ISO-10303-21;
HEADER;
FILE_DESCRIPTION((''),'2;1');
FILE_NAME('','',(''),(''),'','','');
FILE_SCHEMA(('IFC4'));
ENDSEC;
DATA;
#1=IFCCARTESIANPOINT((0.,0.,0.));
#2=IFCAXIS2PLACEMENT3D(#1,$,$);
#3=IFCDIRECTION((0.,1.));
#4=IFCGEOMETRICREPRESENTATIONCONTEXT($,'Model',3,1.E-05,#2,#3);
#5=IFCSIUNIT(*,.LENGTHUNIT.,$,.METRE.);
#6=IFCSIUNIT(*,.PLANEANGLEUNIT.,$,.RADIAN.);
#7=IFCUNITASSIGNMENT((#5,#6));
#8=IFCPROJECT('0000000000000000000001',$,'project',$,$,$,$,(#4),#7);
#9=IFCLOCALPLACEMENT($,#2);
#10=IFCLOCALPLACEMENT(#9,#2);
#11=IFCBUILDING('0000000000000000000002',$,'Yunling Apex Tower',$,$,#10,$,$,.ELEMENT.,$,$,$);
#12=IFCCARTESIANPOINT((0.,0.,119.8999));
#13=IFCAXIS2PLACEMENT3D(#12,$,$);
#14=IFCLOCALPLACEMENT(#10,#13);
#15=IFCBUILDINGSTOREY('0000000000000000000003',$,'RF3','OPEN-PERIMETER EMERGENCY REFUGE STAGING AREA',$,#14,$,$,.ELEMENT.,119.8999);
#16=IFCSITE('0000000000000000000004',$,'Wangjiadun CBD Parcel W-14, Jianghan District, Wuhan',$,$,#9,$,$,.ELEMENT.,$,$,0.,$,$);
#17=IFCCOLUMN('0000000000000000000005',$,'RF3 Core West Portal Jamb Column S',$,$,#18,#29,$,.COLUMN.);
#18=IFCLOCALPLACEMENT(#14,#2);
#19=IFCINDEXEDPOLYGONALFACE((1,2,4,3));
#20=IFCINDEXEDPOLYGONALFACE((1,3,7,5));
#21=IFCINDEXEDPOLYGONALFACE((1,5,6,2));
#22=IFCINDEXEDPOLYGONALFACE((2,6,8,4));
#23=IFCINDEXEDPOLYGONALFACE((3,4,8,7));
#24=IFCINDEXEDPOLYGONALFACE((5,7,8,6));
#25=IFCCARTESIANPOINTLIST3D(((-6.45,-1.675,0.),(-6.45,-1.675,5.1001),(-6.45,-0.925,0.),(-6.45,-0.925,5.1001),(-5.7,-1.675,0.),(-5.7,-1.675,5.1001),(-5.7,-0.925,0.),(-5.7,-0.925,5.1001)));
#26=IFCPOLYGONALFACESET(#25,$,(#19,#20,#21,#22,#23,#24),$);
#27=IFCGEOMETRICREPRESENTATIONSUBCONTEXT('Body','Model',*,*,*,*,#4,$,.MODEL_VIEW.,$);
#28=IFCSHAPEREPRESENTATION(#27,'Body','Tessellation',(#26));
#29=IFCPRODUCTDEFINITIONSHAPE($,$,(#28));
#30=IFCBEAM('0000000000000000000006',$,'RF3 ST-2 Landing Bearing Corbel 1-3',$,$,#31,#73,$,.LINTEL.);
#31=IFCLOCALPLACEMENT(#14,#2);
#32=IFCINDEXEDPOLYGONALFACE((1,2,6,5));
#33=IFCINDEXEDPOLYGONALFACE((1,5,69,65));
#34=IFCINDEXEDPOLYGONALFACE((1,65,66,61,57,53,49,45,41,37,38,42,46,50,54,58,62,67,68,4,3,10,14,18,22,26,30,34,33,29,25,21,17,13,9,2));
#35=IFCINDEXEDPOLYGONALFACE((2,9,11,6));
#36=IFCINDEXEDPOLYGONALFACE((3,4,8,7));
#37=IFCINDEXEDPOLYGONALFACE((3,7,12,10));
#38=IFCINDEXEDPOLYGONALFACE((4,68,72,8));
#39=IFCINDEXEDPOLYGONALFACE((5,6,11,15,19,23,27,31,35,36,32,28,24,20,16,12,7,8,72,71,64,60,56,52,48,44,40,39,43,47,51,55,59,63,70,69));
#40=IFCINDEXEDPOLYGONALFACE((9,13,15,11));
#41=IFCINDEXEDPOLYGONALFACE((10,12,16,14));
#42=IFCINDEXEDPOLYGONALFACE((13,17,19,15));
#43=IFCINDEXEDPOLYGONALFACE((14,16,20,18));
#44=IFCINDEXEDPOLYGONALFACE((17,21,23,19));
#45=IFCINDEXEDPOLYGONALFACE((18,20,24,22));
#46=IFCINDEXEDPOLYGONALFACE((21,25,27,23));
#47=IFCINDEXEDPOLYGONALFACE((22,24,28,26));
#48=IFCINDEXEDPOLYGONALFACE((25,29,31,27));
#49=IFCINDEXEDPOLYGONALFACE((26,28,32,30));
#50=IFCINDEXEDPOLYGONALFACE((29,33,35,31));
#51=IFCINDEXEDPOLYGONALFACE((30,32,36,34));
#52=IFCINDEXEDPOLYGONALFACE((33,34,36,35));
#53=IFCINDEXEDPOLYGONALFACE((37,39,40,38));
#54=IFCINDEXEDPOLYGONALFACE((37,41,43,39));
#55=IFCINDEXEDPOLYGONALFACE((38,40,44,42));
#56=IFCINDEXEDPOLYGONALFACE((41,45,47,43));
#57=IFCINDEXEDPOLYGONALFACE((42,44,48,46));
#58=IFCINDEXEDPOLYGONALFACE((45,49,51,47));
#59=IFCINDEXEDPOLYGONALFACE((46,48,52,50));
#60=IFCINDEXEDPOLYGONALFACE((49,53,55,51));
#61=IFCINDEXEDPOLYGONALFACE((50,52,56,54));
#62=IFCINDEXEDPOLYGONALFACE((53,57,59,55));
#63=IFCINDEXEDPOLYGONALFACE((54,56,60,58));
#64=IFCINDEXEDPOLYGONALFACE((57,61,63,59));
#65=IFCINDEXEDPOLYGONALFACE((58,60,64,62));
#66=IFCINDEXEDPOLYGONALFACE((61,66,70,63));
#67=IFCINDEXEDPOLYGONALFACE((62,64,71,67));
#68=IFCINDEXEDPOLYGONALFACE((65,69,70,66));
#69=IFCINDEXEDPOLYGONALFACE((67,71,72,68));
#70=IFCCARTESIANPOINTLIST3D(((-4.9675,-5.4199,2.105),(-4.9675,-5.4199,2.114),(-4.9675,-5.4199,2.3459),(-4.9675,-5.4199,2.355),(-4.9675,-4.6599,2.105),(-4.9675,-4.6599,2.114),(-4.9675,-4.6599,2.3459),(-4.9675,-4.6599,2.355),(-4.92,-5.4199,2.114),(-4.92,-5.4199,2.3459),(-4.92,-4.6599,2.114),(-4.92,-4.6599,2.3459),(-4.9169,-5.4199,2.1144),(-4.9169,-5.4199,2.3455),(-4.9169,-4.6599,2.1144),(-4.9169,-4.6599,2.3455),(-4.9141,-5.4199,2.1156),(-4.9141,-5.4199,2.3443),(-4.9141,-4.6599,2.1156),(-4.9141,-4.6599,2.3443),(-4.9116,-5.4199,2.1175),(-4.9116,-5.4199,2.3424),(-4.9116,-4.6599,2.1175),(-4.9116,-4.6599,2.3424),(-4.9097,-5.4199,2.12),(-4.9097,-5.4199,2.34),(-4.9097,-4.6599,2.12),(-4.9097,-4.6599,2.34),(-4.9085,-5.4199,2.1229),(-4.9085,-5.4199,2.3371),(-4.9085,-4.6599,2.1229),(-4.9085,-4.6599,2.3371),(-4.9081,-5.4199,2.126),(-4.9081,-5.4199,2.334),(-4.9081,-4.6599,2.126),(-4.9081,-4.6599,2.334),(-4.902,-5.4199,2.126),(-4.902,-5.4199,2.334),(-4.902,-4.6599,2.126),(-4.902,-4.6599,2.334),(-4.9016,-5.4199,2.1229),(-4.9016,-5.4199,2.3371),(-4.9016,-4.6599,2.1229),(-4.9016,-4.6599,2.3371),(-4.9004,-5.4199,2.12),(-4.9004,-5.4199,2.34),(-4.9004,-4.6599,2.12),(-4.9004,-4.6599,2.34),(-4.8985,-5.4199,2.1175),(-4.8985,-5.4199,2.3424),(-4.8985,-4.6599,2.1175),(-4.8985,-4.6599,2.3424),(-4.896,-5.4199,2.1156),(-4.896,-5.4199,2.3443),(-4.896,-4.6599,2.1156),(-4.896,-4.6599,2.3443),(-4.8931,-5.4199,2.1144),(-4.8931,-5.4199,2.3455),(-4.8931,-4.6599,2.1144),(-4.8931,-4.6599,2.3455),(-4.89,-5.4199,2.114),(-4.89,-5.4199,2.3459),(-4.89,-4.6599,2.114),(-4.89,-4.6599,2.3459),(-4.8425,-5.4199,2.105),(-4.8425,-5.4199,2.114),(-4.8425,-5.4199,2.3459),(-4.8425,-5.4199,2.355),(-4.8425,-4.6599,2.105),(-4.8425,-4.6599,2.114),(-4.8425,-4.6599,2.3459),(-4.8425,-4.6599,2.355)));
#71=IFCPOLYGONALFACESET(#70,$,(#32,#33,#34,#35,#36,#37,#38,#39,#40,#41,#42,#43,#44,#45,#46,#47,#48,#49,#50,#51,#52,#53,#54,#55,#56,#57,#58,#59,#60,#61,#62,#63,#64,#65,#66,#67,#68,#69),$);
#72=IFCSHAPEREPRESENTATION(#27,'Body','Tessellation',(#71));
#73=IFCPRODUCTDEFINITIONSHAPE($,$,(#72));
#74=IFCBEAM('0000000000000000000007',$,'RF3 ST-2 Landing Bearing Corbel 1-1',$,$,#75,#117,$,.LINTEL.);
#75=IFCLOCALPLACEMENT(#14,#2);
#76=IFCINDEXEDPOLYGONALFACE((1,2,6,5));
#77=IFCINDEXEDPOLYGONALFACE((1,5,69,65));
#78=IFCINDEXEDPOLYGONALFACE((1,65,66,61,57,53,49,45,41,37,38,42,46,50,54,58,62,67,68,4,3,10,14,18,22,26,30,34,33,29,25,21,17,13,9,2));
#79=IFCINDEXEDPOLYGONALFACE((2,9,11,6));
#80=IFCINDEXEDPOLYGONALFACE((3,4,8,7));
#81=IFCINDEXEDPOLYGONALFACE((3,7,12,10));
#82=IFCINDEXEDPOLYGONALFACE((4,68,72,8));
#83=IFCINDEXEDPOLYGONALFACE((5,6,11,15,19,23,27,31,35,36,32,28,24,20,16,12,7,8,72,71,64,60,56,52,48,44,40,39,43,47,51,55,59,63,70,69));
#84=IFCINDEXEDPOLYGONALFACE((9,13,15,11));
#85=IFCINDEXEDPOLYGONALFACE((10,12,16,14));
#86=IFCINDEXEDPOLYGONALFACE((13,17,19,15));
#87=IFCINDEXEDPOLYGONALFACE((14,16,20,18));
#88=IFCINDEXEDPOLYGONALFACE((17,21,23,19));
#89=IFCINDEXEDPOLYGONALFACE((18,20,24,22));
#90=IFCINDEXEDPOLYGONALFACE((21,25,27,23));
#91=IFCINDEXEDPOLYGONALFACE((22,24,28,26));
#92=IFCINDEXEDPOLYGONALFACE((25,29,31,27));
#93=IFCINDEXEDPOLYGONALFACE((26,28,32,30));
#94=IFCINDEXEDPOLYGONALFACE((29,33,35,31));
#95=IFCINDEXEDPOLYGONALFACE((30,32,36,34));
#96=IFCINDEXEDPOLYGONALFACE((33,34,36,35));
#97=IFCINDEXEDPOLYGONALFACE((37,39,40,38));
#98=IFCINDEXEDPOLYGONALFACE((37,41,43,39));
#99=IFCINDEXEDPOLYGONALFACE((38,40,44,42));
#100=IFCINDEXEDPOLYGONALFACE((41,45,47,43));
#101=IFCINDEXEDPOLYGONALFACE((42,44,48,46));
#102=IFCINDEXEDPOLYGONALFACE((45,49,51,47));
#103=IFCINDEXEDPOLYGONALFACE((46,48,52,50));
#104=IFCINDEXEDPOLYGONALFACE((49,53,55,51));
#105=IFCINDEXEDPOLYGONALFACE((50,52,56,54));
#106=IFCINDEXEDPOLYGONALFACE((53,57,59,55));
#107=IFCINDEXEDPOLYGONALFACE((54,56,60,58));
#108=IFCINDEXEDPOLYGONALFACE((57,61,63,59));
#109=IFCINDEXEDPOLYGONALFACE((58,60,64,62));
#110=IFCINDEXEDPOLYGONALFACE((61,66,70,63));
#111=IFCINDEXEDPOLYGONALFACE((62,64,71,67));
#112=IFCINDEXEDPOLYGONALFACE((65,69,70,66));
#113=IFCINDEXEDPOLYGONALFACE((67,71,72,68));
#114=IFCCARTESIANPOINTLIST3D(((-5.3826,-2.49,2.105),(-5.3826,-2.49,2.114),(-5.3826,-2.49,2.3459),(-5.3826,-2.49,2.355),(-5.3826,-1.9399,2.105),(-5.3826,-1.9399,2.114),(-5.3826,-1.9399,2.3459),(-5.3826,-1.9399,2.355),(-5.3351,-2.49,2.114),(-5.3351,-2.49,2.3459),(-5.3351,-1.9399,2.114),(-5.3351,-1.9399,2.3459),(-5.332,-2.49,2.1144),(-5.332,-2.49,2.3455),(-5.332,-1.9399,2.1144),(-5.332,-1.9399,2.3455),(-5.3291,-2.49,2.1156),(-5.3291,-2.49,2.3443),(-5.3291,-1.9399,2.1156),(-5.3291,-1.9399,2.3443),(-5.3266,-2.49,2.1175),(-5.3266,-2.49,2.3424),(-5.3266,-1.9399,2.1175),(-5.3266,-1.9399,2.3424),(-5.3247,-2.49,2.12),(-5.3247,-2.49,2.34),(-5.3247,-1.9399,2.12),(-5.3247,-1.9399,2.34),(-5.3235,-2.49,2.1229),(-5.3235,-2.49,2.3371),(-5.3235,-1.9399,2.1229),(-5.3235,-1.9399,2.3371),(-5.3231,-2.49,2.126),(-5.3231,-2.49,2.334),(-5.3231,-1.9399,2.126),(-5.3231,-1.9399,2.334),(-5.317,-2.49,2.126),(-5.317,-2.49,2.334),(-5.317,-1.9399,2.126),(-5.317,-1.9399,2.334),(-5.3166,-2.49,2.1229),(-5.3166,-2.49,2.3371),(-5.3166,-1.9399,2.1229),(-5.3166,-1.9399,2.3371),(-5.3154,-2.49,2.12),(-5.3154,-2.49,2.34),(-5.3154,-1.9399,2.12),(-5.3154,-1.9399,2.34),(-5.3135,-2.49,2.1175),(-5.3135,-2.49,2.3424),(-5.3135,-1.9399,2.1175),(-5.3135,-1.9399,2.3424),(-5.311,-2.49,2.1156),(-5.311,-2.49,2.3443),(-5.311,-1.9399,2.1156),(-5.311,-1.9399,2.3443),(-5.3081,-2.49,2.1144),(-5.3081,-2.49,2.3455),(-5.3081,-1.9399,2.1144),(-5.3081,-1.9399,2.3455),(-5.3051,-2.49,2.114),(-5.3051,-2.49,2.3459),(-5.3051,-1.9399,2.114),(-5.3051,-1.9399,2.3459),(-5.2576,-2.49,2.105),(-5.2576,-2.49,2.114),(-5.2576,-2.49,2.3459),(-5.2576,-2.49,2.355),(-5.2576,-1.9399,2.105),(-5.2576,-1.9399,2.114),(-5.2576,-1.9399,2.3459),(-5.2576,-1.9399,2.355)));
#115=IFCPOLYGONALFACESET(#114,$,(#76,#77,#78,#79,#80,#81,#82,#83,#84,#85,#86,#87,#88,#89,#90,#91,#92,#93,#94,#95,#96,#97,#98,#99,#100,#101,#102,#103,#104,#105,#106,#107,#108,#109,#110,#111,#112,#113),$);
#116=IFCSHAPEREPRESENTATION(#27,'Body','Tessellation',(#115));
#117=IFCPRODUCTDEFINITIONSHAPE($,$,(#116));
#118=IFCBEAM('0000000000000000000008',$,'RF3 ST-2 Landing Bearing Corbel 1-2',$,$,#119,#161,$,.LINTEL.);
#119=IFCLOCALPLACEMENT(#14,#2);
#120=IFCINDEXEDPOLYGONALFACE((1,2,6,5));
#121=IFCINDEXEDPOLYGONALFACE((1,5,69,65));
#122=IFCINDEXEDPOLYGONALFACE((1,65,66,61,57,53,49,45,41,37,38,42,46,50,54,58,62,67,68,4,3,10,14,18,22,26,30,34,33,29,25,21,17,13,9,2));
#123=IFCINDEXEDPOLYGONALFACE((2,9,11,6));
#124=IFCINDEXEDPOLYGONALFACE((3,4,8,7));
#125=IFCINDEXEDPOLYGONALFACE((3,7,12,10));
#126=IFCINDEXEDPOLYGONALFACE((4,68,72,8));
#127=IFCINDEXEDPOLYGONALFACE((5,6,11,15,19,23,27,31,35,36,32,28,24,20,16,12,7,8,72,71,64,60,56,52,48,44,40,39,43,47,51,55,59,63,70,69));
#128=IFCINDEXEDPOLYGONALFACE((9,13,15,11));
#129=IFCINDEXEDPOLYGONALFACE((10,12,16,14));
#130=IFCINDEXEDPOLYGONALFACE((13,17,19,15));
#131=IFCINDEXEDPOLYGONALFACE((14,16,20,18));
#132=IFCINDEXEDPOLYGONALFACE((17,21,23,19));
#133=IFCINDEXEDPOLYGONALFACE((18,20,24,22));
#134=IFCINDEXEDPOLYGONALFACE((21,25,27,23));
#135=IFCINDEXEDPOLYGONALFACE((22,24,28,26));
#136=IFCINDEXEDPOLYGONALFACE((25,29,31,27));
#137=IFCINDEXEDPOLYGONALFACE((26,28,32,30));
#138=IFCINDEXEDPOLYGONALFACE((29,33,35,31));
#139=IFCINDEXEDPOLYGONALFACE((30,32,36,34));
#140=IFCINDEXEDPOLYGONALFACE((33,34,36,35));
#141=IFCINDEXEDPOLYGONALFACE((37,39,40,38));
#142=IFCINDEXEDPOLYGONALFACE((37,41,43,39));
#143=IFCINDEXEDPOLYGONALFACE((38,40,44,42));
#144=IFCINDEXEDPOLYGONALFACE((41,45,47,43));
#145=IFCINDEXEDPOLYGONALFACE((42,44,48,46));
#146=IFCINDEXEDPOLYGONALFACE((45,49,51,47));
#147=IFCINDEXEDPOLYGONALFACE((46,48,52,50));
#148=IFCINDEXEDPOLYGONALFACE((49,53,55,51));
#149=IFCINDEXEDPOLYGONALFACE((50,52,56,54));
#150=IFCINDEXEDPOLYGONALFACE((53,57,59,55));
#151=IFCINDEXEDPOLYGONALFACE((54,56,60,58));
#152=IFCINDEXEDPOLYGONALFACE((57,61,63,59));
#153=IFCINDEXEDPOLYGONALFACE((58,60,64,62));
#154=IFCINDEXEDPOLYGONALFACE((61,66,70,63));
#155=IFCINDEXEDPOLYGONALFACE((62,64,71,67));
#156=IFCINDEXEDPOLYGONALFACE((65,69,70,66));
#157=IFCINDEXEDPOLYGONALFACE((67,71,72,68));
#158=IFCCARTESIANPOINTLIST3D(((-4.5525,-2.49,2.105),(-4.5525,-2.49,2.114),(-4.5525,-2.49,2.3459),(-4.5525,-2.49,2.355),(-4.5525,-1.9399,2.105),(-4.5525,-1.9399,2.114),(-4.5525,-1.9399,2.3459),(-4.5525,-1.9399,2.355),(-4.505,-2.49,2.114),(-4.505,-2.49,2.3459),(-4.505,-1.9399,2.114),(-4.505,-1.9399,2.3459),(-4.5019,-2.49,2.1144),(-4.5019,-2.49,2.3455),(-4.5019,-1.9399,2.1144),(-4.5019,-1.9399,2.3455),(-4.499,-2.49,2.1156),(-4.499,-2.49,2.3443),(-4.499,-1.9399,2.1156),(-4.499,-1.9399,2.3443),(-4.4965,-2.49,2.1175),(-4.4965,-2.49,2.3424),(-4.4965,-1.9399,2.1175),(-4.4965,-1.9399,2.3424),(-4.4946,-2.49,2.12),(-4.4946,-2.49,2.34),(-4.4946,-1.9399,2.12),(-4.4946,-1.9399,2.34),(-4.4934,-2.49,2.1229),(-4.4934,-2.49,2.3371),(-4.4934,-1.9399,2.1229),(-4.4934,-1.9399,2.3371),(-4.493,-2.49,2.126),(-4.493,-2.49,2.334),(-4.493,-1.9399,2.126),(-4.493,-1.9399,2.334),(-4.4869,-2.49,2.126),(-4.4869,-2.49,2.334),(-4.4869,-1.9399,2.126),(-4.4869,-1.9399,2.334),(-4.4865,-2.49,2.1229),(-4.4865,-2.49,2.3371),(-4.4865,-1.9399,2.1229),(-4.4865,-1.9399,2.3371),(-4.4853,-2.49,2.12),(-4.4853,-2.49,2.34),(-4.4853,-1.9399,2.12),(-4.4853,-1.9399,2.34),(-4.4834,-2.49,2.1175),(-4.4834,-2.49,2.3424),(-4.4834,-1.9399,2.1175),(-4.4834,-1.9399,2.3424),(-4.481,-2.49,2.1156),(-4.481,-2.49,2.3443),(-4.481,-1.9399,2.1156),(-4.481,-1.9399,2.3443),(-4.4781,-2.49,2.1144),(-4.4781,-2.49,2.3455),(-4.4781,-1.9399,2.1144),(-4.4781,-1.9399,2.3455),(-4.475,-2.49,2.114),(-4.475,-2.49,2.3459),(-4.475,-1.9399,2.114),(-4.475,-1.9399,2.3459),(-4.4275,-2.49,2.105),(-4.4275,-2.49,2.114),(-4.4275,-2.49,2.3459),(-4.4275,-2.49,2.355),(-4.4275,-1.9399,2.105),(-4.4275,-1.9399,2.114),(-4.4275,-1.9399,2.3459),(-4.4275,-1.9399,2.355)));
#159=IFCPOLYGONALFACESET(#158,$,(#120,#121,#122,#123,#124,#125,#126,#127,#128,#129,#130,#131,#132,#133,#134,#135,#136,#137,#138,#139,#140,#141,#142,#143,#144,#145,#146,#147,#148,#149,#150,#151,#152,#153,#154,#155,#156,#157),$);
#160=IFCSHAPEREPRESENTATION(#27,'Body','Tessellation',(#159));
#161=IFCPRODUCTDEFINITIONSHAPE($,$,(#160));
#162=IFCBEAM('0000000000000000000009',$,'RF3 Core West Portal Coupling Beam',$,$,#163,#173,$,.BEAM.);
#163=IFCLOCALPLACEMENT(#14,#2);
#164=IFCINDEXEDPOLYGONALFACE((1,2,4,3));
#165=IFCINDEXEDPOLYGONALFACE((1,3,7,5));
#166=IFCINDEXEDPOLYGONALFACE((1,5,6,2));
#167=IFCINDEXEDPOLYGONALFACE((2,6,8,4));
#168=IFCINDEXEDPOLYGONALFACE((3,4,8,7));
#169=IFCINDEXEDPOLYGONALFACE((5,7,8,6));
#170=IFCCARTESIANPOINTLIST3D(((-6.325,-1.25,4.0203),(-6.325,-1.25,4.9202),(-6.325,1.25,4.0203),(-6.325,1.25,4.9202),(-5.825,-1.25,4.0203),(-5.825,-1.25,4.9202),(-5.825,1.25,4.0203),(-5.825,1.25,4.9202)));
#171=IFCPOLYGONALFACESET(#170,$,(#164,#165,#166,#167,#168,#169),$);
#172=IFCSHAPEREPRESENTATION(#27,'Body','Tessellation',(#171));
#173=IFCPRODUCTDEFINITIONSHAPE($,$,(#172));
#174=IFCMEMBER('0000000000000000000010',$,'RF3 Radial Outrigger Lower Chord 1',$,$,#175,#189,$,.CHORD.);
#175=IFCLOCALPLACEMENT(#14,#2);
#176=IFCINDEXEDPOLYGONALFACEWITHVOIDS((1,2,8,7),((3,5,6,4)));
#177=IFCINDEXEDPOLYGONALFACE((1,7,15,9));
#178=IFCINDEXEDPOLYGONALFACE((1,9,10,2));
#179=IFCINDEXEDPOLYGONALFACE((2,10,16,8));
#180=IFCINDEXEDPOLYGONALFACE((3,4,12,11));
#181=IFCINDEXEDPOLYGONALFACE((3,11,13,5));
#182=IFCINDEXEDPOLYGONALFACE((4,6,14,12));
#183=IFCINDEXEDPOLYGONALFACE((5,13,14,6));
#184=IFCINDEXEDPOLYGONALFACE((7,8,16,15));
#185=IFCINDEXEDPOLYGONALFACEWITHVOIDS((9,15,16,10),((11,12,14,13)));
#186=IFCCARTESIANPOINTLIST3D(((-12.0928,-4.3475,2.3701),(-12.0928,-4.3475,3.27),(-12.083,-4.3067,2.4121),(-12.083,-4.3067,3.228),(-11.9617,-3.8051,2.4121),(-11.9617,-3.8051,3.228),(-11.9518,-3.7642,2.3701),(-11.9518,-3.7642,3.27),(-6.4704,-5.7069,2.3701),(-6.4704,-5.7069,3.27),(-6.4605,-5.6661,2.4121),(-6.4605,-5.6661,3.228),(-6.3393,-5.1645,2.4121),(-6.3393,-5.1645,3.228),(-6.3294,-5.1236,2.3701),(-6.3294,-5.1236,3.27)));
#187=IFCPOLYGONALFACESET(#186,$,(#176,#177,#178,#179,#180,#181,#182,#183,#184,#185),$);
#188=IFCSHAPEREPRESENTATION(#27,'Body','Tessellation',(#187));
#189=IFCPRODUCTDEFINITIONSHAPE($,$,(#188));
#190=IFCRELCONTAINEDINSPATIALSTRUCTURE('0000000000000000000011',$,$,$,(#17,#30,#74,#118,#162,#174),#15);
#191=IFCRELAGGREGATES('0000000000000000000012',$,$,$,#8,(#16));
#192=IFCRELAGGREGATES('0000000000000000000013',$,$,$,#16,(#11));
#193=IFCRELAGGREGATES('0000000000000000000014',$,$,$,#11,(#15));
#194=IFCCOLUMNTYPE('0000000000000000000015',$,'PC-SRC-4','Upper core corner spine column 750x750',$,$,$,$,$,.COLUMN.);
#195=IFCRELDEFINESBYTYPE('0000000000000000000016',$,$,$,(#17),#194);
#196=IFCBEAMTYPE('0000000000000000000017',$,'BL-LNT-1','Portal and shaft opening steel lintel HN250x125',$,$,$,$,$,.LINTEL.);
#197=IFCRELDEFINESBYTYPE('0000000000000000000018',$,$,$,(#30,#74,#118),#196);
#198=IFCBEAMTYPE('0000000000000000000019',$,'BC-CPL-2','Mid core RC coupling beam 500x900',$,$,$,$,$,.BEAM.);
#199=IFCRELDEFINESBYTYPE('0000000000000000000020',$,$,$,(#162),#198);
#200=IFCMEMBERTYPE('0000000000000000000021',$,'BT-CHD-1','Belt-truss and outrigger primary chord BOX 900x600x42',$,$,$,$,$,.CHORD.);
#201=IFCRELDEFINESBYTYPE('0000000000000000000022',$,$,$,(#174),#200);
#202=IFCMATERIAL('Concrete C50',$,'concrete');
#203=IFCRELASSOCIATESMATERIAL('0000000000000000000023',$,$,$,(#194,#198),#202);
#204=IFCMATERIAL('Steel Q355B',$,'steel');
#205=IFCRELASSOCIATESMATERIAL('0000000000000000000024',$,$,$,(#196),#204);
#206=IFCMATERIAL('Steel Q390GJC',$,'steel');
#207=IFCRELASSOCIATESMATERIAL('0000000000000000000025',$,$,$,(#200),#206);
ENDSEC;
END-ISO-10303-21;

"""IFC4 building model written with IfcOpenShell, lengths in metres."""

from ifc_helpers import new_model, si_unit, direction, frame, origin, origin_2d, place, context, subcontext, project, spatial, rectangle, hollow_rectangle, i_section, extrude, source, transform, mapped, material, material_profile, profile_set, type_object, element, save


model = new_model("IFC4")

# Units and contexts
model_context = context("Model", 3, precision=1e-05, world=origin(), true_north=direction((0.0, 1.0)))
body_context = subcontext(model_context, "Body", "Model", "MODEL_VIEW")
ifc_project = project(units=[si_unit("LENGTHUNIT", "METRE"), si_unit("PLANEANGLEUNIT", "RADIAN")], contexts=[model_context])

# Site, building, storey
site_placement = place(None, origin())
site = spatial("IfcSite", under=ifc_project, at=site_placement, Name="Wangjiadun CBD Parcel W-14, Jianghan District, Wuhan", CompositionType="ELEMENT", RefElevation=0.0)
building_placement = place(site_placement, origin())
building = spatial("IfcBuilding", under=site, at=building_placement, Name="Yunling Apex Tower", CompositionType="ELEMENT")
storey_placement = place(building_placement, frame((0.0, 0.0, 119.8999)))
storey = spatial("IfcBuildingStorey", under=building, at=storey_placement, Name="RF3", Description="OPEN-PERIMETER EMERGENCY REFUGE STAGING AREA", CompositionType="ELEMENT", Elevation=119.8999)

# Column
ifc_material_1 = material(Name="Concrete C50", Category="concrete")
ifc_material_profile_1 = material_profile(ifc_material_1, rectangle(XDim=0.75, YDim=0.75, at=origin_2d()))
ifc_profile_set_1 = profile_set([ifc_material_profile_1], Name="Concrete C50")
column_type = type_object("IfcColumnType", Name="PC-SRC-4", Description="Upper core corner spine column 750x750", PredefinedType="COLUMN", material=ifc_profile_set_1)
shared_shape_1 = source(origin(), body_context, "Body", "SweptSolid", [
    extrude(rectangle(XDim=0.75, YDim=0.75, at=origin_2d()), origin(), (0.0, 0.0, 1.0), 5.1001),
])
column_placement = place(storey_placement, frame((-6.075, -1.3, 0.0), z_axis=(0.0, 0.0, 1.0), x_axis=(1.0, 0.0, 0.0)))
element("IfcColumn", 1, at=column_placement, inside=storey, type_object=column_type, Name="RF3 Core West Portal Jamb Column S", PredefinedType="COLUMN", context=body_context, shape_type="MappedRepresentation", body=[
    mapped(shared_shape_1, transform((0.0, 0.0, 0.0), scale=1.0)),
])

# Beams
ifc_material_2 = material(Name="Steel Q355B", Category="steel")
ifc_material_profile_2 = material_profile(ifc_material_2, i_section(OverallWidth=0.125, OverallDepth=0.25, WebThickness=0.0061, FlangeThickness=0.009, FilletRadius=0.012, at=origin_2d()))
ifc_profile_set_2 = profile_set([ifc_material_profile_2], Name="Steel Q355B")
beam_type_1 = type_object("IfcBeamType", Name="BL-LNT-1", Description="Portal and shaft opening steel lintel HN250x125", PredefinedType="LINTEL", material=ifc_profile_set_2)
shared_shape_2 = source(origin(), body_context, "Body", "SweptSolid", [
    extrude(i_section(OverallWidth=0.125, OverallDepth=0.25, WebThickness=0.0061, FlangeThickness=0.009, FilletRadius=0.012, at=origin_2d()), origin(), (0.0, 0.0, 1.0), 0.76),
])
beam_1_placement = place(storey_placement, frame((-4.905, -5.4199, 2.23), z_axis=(0.0, 1.0, 0.0), x_axis=(-1.0, 0.0, 0.0)))
element("IfcBeam", 2, at=beam_1_placement, inside=storey, type_object=beam_type_1, Name="RF3 ST-2 Landing Bearing Corbel 1-3", PredefinedType="LINTEL", context=body_context, shape_type="MappedRepresentation", body=[
    mapped(shared_shape_2, transform((0.0, 0.0, 0.0), scale=1.0)),
])
shared_shape_3 = source(origin(), body_context, "Body", "SweptSolid", [
    extrude(i_section(OverallWidth=0.125, OverallDepth=0.25, WebThickness=0.0061, FlangeThickness=0.009, FilletRadius=0.012, at=origin_2d()), origin(), (0.0, 0.0, 1.0), 0.55),
])
for number, where, z_axis, x_axis, name in (
    (3, (-5.3201, -1.9399, 2.23), (0.0, -1.0, 0.0), (1.0, 0.0, 0.0), "RF3 ST-2 Landing Bearing Corbel 1-1"),
    (4, (-4.49, -1.9399, 2.23), (0.0, -1.0, 0.0), (1.0, 0.0, 0.0), "RF3 ST-2 Landing Bearing Corbel 1-2"),
):
    element("IfcBeam", number, at=place(storey_placement, frame(where, z_axis=z_axis, x_axis=x_axis)), inside=storey, type_object=beam_type_1, Name=name, PredefinedType="LINTEL", context=body_context, shape_type="MappedRepresentation", body=[
        mapped(shared_shape_3, transform((0.0, 0.0, 0.0), scale=1.0)),
    ])
ifc_material_profile_3 = material_profile(ifc_material_1, rectangle(XDim=0.5, YDim=0.8999, at=origin_2d()))
ifc_profile_set_3 = profile_set([ifc_material_profile_3], Name="Concrete C50")
beam_type_2 = type_object("IfcBeamType", Name="BC-CPL-2", Description="Mid core RC coupling beam 500x900", PredefinedType="BEAM", material=ifc_profile_set_3)
shared_shape_4 = source(origin(), body_context, "Body", "SweptSolid", [
    extrude(rectangle(XDim=0.5, YDim=0.8999, at=origin_2d()), origin(), (0.0, 0.0, 1.0), 2.5),
])
beam_2_placement = place(storey_placement, frame((-6.075, -1.25, 4.4702), z_axis=(0.0, 1.0, 0.0), x_axis=(-1.0, 0.0, 0.0)))
element("IfcBeam", 5, at=beam_2_placement, inside=storey, type_object=beam_type_2, Name="RF3 Core West Portal Coupling Beam", PredefinedType="BEAM", context=body_context, shape_type="MappedRepresentation", body=[
    mapped(shared_shape_4, transform((0.0, 0.0, 0.0), scale=1.0)),
])

# Member
ifc_material_3 = material(Name="Steel Q390GJC", Category="steel")
ifc_material_profile_4 = material_profile(ifc_material_3, hollow_rectangle(XDim=0.6001, YDim=0.8999, WallThickness=0.042, at=origin_2d()))
ifc_profile_set_4 = profile_set([ifc_material_profile_4], Name="Steel Q390GJC")
member_type_1 = type_object("IfcMemberType", Name="BT-CHD-1", Description="Belt-truss and outrigger primary chord BOX 900x600x42", PredefinedType="CHORD", material=ifc_profile_set_4)
shared_shape_5 = source(origin(), body_context, "Body", "SweptSolid", [
    extrude(hollow_rectangle(XDim=0.6001, YDim=0.8999, WallThickness=0.042, at=origin_2d()), origin(), (0.0, 0.0, 1.0), 5.7844),
])
member_1_placement = place(storey_placement, frame((-6.3999, -5.4153, 2.8201), z_axis=(-0.971993, 0.23501, 0.0), x_axis=(-0.23501, -0.971993, 0.0)))
element("IfcMember", 6, at=member_1_placement, inside=storey, type_object=member_type_1, Name="RF3 Radial Outrigger Lower Chord 1", PredefinedType="CHORD", context=body_context, shape_type="MappedRepresentation", body=[
    mapped(shared_shape_5, transform((0.0, 0.0, 0.0), scale=1.0)),
])

save(model, "model.ifc")
